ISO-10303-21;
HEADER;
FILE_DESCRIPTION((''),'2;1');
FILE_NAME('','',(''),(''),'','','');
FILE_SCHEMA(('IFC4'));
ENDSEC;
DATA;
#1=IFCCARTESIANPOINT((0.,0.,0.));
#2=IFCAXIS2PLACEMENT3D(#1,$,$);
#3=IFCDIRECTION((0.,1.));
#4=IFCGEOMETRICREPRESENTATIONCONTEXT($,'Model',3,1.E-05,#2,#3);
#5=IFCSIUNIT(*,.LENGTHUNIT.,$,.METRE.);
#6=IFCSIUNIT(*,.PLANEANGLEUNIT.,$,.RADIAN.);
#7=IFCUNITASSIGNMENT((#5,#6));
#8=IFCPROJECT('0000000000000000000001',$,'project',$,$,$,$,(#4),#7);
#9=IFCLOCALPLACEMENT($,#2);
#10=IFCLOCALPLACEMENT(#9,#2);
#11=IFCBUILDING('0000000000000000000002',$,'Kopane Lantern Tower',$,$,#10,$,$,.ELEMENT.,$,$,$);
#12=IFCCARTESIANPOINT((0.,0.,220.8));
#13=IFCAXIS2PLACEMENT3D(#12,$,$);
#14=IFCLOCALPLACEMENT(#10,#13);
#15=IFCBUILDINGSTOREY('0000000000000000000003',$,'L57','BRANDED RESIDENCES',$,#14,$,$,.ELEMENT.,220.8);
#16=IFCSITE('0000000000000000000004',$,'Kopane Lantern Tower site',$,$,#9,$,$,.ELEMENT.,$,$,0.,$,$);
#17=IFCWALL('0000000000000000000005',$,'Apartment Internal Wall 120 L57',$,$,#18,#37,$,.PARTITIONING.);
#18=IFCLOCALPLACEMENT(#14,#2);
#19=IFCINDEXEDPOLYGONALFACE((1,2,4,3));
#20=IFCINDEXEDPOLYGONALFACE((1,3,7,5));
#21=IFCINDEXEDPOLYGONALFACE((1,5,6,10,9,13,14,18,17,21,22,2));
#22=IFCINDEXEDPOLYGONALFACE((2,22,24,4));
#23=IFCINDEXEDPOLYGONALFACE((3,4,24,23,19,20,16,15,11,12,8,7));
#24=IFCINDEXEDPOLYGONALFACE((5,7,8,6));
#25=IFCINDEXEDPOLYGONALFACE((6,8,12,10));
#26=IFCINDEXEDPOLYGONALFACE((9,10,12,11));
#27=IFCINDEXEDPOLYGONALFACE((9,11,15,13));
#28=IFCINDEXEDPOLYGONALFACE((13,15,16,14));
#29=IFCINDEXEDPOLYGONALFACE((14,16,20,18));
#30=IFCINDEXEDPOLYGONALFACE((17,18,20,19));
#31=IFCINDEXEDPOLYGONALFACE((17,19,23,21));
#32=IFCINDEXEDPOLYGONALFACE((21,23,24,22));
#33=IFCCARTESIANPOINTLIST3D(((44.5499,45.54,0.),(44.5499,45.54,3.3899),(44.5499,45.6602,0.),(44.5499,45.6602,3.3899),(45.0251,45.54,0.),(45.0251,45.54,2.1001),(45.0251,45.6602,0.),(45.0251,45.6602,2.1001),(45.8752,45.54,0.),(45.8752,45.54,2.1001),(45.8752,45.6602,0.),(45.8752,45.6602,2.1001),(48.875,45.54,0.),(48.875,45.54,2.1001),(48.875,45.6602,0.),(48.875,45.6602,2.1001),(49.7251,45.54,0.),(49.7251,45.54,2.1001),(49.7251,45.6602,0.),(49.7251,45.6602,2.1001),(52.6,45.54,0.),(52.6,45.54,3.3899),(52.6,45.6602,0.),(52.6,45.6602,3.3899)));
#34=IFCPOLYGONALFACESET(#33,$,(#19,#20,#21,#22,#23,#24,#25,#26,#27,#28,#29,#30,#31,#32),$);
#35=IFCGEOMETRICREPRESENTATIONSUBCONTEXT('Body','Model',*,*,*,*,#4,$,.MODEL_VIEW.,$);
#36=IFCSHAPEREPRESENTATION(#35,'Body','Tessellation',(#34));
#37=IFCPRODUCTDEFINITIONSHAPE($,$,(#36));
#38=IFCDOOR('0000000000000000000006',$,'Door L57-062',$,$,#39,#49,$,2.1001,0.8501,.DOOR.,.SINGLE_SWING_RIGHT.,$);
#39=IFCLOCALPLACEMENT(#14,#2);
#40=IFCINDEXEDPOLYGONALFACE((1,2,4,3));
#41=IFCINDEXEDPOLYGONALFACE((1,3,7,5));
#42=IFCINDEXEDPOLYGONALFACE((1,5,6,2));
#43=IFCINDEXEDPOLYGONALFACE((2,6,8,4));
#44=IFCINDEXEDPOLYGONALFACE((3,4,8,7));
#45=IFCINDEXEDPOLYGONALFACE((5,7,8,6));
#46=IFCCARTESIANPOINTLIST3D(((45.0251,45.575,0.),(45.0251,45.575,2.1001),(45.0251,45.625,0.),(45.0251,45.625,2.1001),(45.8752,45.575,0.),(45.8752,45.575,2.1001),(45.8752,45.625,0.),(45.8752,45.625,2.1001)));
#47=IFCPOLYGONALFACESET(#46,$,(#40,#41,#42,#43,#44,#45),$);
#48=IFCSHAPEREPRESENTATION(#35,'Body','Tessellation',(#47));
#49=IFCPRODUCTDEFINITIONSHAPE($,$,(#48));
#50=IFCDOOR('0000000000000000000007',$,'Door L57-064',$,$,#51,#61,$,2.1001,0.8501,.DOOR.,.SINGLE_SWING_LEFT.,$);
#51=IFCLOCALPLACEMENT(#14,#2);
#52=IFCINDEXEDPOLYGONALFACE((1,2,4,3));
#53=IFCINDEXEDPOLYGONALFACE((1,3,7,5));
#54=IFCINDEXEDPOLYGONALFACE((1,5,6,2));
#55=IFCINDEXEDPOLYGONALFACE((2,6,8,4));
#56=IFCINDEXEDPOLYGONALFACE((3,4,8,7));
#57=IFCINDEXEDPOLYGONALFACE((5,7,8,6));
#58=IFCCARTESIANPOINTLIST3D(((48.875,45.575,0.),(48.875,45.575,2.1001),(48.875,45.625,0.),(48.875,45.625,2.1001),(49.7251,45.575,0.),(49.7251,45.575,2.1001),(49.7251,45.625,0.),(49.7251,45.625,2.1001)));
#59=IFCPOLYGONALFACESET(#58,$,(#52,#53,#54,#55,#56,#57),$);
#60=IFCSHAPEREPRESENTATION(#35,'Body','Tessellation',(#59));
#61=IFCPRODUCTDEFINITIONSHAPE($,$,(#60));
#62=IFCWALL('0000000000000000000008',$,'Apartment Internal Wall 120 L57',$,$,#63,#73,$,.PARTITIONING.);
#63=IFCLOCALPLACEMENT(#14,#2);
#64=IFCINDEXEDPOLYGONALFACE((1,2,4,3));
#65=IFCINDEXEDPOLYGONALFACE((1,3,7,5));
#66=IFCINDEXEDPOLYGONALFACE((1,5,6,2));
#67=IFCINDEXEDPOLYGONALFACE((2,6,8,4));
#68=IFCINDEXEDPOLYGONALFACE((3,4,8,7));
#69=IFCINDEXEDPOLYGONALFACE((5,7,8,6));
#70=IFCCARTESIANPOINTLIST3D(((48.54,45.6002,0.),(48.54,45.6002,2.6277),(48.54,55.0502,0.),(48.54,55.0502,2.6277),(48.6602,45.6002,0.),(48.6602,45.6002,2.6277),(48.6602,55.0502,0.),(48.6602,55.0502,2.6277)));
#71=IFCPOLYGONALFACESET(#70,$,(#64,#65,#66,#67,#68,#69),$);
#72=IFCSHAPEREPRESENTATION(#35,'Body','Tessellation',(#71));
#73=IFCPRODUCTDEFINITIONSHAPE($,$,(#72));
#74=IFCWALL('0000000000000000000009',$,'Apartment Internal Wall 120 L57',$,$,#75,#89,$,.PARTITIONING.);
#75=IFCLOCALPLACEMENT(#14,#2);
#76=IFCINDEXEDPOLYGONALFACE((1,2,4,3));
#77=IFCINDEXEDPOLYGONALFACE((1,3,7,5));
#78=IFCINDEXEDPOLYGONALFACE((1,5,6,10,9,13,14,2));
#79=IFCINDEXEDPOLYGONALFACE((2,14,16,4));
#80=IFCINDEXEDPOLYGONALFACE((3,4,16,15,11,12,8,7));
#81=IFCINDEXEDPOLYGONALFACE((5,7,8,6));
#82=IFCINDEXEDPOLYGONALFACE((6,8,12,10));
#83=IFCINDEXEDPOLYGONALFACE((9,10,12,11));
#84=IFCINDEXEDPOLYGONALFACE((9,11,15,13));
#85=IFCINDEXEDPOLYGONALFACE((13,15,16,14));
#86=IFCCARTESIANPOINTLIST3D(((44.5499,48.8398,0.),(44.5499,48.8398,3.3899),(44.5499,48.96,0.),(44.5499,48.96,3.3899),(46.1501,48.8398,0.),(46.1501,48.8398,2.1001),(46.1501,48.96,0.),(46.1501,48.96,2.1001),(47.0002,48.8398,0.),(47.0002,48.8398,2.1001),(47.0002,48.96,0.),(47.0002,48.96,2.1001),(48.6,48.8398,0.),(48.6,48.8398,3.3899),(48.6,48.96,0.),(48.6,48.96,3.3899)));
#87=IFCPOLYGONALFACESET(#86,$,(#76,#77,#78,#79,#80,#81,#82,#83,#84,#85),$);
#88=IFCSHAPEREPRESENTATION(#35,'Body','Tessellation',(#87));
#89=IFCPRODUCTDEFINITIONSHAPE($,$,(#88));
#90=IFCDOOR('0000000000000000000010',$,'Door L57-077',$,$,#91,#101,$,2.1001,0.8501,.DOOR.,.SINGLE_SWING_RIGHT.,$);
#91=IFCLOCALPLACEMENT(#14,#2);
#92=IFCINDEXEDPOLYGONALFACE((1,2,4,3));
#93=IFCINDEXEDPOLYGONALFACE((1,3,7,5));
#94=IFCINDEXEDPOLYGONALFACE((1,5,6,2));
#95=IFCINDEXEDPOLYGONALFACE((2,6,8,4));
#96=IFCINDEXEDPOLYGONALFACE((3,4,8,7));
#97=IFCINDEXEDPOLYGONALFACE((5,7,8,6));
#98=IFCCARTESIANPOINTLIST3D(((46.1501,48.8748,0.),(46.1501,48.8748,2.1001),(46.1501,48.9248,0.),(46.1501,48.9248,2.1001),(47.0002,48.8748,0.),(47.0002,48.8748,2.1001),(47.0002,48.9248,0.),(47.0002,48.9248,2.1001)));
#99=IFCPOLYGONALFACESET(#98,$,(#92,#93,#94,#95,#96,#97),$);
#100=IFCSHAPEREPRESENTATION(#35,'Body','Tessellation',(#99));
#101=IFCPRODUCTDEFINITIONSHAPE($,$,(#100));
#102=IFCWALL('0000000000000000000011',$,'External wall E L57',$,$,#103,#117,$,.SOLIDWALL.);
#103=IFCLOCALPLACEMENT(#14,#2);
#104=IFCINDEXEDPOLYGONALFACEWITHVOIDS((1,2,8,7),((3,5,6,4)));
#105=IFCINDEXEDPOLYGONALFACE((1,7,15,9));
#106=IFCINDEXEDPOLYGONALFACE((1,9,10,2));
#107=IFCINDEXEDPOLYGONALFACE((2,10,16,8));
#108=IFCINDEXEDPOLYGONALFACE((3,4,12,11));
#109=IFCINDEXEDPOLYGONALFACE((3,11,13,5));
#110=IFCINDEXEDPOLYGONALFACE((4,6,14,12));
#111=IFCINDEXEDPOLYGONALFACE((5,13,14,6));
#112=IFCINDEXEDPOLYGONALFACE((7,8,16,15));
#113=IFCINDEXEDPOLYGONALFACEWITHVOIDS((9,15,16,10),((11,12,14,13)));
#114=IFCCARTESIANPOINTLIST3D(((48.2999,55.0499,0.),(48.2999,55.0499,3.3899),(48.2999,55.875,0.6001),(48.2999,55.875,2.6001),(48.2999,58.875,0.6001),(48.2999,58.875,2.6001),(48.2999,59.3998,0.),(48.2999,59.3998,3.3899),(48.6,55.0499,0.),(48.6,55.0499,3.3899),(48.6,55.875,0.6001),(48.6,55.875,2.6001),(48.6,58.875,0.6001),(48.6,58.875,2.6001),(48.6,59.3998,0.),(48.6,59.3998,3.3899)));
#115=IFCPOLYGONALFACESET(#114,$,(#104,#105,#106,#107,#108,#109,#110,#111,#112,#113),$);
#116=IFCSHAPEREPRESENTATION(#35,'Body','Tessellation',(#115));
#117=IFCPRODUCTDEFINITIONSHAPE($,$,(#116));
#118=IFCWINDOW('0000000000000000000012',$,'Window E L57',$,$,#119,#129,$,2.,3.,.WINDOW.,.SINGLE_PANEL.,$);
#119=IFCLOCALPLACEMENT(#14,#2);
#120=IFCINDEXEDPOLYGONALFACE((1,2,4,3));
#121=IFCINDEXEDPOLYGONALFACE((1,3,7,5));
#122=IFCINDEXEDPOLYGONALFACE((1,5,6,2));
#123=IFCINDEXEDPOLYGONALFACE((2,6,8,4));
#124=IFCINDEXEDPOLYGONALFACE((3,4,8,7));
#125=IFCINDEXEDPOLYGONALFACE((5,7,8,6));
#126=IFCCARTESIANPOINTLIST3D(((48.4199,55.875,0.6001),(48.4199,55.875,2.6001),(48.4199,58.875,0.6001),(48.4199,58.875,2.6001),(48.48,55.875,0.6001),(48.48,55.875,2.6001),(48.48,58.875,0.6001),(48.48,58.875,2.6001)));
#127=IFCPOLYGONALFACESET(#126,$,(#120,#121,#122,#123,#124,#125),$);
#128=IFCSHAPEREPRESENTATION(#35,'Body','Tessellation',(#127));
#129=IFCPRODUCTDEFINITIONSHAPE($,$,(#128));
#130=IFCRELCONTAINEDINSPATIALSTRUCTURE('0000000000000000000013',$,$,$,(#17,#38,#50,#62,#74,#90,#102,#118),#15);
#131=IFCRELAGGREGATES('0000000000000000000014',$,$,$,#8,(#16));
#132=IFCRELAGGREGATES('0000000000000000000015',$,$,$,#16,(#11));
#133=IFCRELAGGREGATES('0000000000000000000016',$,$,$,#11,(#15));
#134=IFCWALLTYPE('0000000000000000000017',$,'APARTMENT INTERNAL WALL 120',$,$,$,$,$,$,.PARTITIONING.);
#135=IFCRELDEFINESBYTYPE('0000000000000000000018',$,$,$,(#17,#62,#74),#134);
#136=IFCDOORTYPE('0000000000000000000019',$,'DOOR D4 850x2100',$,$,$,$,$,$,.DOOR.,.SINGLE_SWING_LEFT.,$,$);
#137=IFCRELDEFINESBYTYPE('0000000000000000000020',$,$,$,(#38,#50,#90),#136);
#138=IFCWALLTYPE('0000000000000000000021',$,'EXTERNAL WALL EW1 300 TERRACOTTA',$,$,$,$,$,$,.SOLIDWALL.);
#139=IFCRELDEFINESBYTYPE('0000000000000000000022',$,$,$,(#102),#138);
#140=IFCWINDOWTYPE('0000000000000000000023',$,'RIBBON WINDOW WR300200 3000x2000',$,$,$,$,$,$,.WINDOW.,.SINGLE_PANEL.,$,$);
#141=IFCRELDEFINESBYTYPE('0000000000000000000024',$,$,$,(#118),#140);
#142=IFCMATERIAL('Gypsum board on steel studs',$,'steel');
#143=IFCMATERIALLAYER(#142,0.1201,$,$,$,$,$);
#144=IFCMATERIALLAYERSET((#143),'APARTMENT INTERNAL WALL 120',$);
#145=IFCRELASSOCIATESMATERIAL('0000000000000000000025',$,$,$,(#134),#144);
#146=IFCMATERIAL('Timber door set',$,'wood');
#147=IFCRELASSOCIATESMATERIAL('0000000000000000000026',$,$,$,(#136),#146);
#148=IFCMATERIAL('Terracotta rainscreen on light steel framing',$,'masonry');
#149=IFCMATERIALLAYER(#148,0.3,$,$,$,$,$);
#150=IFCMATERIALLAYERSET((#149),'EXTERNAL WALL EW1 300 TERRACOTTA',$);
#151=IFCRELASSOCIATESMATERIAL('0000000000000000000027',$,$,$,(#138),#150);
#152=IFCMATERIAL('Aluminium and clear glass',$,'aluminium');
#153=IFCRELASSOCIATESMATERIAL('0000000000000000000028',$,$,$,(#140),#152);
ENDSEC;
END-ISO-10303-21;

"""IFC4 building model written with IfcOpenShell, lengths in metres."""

from ifc_helpers import new_model, si_unit, direction, frame, frame_2d, origin, place, context, subcontext, project, spatial, rectangle, extrude, material, layer, layer_set, type_object, element, fill, save


model = new_model("IFC4")

# Units and contexts
model_context = context("Model", 3, precision=1e-05, world=origin(), true_north=direction((0.0, 1.0)))
body_context = subcontext(model_context, "Body", "Model", "MODEL_VIEW")
ifc_project = project(units=[si_unit("LENGTHUNIT", "METRE"), si_unit("PLANEANGLEUNIT", "RADIAN")], contexts=[model_context])

# Site, building, storey
site_placement = place(None, origin())
site = spatial("IfcSite", under=ifc_project, at=site_placement, Name="Kopane Lantern Tower site", CompositionType="ELEMENT", RefElevation=0.0)
building_placement = place(site_placement, origin())
building = spatial("IfcBuilding", under=site, at=building_placement, Name="Kopane Lantern Tower", CompositionType="ELEMENT")
storey_placement = place(building_placement, frame((0.0, 0.0, 220.8)))
storey = spatial("IfcBuildingStorey", under=building, at=storey_placement, Name="L57", Description="BRANDED RESIDENCES", CompositionType="ELEMENT", Elevation=220.8)

# Wall, openings, doors
ifc_material_1 = material(Name="Gypsum board on steel studs", Category="steel")
ifc_layer_1 = layer(ifc_material_1, 0.1201)
ifc_layer_set_1 = layer_set([ifc_layer_1], Name="APARTMENT INTERNAL WALL 120")
wall_type_1 = type_object("IfcWallType", Name="APARTMENT INTERNAL WALL 120", PredefinedType="PARTITIONING", material=ifc_layer_set_1)
wall_1_placement = place(storey_placement, frame((44.55, 45.6001, 0.0), z_axis=(0.0, 0.0, 1.0), x_axis=(1.0, 0.0, 0.0)))
wall_1 = element("IfcWall", 1, at=wall_1_placement, inside=storey, type_object=wall_type_1, Name="Apartment Internal Wall 120 L57", PredefinedType="PARTITIONING", context=body_context, shape_type="SweptSolid", body=[
    extrude(rectangle(XDim=8.05, YDim=0.1201, at=frame_2d((4.0249, 0.0))), origin(), (0.0, 0.0, 1.0), 3.3899),
])
opening_1_placement = place(wall_1_placement, frame((0.4751, 0.0, 0.0)))
opening_1 = element("IfcOpeningElement", 2, at=opening_1_placement, cuts=wall_1, PredefinedType="OPENING", context=body_context, shape_type="SweptSolid", body=[
    extrude(rectangle(XDim=0.8501, YDim=2.1001, at=frame_2d((0.425, 1.05))), frame((0.0, 0.0701, 0.0), z_axis=(0.0, -1.0, 0.0), x_axis=(1.0, 0.0, 0.0)), (0.0, 0.0, 1.0), 0.1401),
])
opening_2_placement = place(wall_1_placement, frame((4.325, 0.0, 0.0)))
opening_2 = element("IfcOpeningElement", 3, at=opening_2_placement, cuts=wall_1, PredefinedType="OPENING", context=body_context, shape_type="SweptSolid", body=[
    extrude(rectangle(XDim=0.8501, YDim=2.1001, at=frame_2d((0.425, 1.05))), frame((0.0, 0.0701, 0.0), z_axis=(0.0, -1.0, 0.0), x_axis=(1.0, 0.0, 0.0)), (0.0, 0.0, 1.0), 0.1401),
])
ifc_material_2 = material(Name="Timber door set", Category="wood")
door_type = type_object("IfcDoorType", Name="DOOR D4 850x2100", OperationType="SINGLE_SWING_LEFT", PredefinedType="DOOR", material=ifc_material_2)
door_1_placement = place(opening_1_placement, origin())
door_1 = element("IfcDoor", 4, at=door_1_placement, inside=storey, type_object=door_type, Name="Door L57-062", OperationType="SINGLE_SWING_RIGHT", OverallHeight=2.1001, OverallWidth=0.8501, PredefinedType="DOOR", context=body_context, shape_type="SweptSolid", body=[
    extrude(rectangle(XDim=0.8501, YDim=2.1001, at=frame_2d((0.425, 1.05))), frame((0.0, 0.0249, 0.0), z_axis=(0.0, -1.0, 0.0), x_axis=(1.0, 0.0, 0.0)), (0.0, 0.0, 1.0), 0.05),
])
fill(opening_1, door_1)
door_2_placement = place(opening_2_placement, origin())
door_2 = element("IfcDoor", 5, at=door_2_placement, inside=storey, type_object=door_type, Name="Door L57-064", OperationType="SINGLE_SWING_LEFT", OverallHeight=2.1001, OverallWidth=0.8501, PredefinedType="DOOR", context=body_context, shape_type="SweptSolid", body=[
    extrude(rectangle(XDim=0.8501, YDim=2.1001, at=frame_2d((0.425, 1.05))), frame((0.0, 0.0249, 0.0), z_axis=(0.0, -1.0, 0.0), x_axis=(1.0, 0.0, 0.0)), (0.0, 0.0, 1.0), 0.05),
])
fill(opening_2, door_2)

# Wall
wall_2_placement = place(storey_placement, frame((48.6001, 45.6001, 0.0), z_axis=(0.0, 0.0, 1.0), x_axis=(0.0, 1.0, 0.0)))
element("IfcWall", 6, at=wall_2_placement, inside=storey, type_object=wall_type_1, Name="Apartment Internal Wall 120 L57", PredefinedType="PARTITIONING", context=body_context, shape_type="SweptSolid", body=[
    extrude(rectangle(XDim=9.45, YDim=0.1201, at=frame_2d((4.7251, 0.0))), origin(), (0.0, 0.0, 1.0), 2.6277),
])

# Wall, opening, door
wall_3_placement = place(storey_placement, frame((44.55, 48.8999, 0.0), z_axis=(0.0, 0.0, 1.0), x_axis=(1.0, 0.0, 0.0)))
wall_3 = element("IfcWall", 7, at=wall_3_placement, inside=storey, type_object=wall_type_1, Name="Apartment Internal Wall 120 L57", PredefinedType="PARTITIONING", context=body_context, shape_type="SweptSolid", body=[
    extrude(rectangle(XDim=4.05, YDim=0.1201, at=frame_2d((2.0249, 0.0))), origin(), (0.0, 0.0, 1.0), 3.3899),
])
opening_3_placement = place(wall_3_placement, frame((1.6001, 0.0, 0.0)))
opening_3 = element("IfcOpeningElement", 8, at=opening_3_placement, cuts=wall_3, PredefinedType="OPENING", context=body_context, shape_type="SweptSolid", body=[
    extrude(rectangle(XDim=0.8501, YDim=2.1001, at=frame_2d((0.425, 1.05))), frame((0.0, 0.0701, 0.0), z_axis=(0.0, -1.0, 0.0), x_axis=(1.0, 0.0, 0.0)), (0.0, 0.0, 1.0), 0.1401),
])
door_3_placement = place(opening_3_placement, origin())
door_3 = element("IfcDoor", 9, at=door_3_placement, inside=storey, type_object=door_type, Name="Door L57-077", OperationType="SINGLE_SWING_RIGHT", OverallHeight=2.1001, OverallWidth=0.8501, PredefinedType="DOOR", context=body_context, shape_type="SweptSolid", body=[
    extrude(rectangle(XDim=0.8501, YDim=2.1001, at=frame_2d((0.425, 1.05))), frame((0.0, 0.0249, 0.0), z_axis=(0.0, -1.0, 0.0), x_axis=(1.0, 0.0, 0.0)), (0.0, 0.0, 1.0), 0.05),
])
fill(opening_3, door_3)

# Wall, opening, window
ifc_material_3 = material(Name="Terracotta rainscreen on light steel framing", Category="masonry")
ifc_layer_2 = layer(ifc_material_3, 0.3)
ifc_layer_set_2 = layer_set([ifc_layer_2], Name="EXTERNAL WALL EW1 300 TERRACOTTA")
wall_type_2 = type_object("IfcWallType", Name="EXTERNAL WALL EW1 300 TERRACOTTA", PredefinedType="SOLIDWALL", material=ifc_layer_set_2)
wall_4_placement = place(storey_placement, frame((48.45, 55.05, 0.0), z_axis=(0.0, 0.0, 1.0), x_axis=(0.0, 1.0, 0.0)))
wall_4 = element("IfcWall", 10, at=wall_4_placement, inside=storey, type_object=wall_type_2, Name="External wall E L57", PredefinedType="SOLIDWALL", context=body_context, shape_type="SweptSolid", body=[
    extrude(rectangle(XDim=4.3499, YDim=0.3, at=frame_2d((2.1748, 0.0))), origin(), (0.0, 0.0, 1.0), 3.3899),
])
opening_4_placement = place(wall_4_placement, frame((0.825, 0.0, 0.6001)))
opening_4 = element("IfcOpeningElement", 11, at=opening_4_placement, cuts=wall_4, PredefinedType="OPENING", context=body_context, shape_type="SweptSolid", body=[
    extrude(rectangle(XDim=3.0, YDim=2.0, at=frame_2d((1.5, 1.0))), frame((0.0, 0.1599, 0.0), z_axis=(0.0, -1.0, 0.0), x_axis=(1.0, 0.0, 0.0)), (0.0, 0.0, 1.0), 0.3201),
])
ifc_material_4 = material(Name="Aluminium and clear glass", Category="aluminium")
window_type = type_object("IfcWindowType", Name="RIBBON WINDOW WR300200 3000x2000", PartitioningType="SINGLE_PANEL", PredefinedType="WINDOW", material=ifc_material_4)
window_1_placement = place(opening_4_placement, origin())
window_1 = element("IfcWindow", 12, at=window_1_placement, inside=storey, type_object=window_type, Name="Window E L57", OverallHeight=2.0, OverallWidth=3.0, PartitioningType="SINGLE_PANEL", PredefinedType="WINDOW", context=body_context, shape_type="SweptSolid", body=[
    extrude(rectangle(XDim=3.0, YDim=2.0, at=frame_2d((1.5, 1.0))), frame((0.0, 0.03, 0.0), z_axis=(0.0, -1.0, 0.0), x_axis=(1.0, 0.0, 0.0)), (0.0, 0.0, 1.0), 0.0601),
])
fill(opening_4, window_1)

save(model, "model.ifc")
